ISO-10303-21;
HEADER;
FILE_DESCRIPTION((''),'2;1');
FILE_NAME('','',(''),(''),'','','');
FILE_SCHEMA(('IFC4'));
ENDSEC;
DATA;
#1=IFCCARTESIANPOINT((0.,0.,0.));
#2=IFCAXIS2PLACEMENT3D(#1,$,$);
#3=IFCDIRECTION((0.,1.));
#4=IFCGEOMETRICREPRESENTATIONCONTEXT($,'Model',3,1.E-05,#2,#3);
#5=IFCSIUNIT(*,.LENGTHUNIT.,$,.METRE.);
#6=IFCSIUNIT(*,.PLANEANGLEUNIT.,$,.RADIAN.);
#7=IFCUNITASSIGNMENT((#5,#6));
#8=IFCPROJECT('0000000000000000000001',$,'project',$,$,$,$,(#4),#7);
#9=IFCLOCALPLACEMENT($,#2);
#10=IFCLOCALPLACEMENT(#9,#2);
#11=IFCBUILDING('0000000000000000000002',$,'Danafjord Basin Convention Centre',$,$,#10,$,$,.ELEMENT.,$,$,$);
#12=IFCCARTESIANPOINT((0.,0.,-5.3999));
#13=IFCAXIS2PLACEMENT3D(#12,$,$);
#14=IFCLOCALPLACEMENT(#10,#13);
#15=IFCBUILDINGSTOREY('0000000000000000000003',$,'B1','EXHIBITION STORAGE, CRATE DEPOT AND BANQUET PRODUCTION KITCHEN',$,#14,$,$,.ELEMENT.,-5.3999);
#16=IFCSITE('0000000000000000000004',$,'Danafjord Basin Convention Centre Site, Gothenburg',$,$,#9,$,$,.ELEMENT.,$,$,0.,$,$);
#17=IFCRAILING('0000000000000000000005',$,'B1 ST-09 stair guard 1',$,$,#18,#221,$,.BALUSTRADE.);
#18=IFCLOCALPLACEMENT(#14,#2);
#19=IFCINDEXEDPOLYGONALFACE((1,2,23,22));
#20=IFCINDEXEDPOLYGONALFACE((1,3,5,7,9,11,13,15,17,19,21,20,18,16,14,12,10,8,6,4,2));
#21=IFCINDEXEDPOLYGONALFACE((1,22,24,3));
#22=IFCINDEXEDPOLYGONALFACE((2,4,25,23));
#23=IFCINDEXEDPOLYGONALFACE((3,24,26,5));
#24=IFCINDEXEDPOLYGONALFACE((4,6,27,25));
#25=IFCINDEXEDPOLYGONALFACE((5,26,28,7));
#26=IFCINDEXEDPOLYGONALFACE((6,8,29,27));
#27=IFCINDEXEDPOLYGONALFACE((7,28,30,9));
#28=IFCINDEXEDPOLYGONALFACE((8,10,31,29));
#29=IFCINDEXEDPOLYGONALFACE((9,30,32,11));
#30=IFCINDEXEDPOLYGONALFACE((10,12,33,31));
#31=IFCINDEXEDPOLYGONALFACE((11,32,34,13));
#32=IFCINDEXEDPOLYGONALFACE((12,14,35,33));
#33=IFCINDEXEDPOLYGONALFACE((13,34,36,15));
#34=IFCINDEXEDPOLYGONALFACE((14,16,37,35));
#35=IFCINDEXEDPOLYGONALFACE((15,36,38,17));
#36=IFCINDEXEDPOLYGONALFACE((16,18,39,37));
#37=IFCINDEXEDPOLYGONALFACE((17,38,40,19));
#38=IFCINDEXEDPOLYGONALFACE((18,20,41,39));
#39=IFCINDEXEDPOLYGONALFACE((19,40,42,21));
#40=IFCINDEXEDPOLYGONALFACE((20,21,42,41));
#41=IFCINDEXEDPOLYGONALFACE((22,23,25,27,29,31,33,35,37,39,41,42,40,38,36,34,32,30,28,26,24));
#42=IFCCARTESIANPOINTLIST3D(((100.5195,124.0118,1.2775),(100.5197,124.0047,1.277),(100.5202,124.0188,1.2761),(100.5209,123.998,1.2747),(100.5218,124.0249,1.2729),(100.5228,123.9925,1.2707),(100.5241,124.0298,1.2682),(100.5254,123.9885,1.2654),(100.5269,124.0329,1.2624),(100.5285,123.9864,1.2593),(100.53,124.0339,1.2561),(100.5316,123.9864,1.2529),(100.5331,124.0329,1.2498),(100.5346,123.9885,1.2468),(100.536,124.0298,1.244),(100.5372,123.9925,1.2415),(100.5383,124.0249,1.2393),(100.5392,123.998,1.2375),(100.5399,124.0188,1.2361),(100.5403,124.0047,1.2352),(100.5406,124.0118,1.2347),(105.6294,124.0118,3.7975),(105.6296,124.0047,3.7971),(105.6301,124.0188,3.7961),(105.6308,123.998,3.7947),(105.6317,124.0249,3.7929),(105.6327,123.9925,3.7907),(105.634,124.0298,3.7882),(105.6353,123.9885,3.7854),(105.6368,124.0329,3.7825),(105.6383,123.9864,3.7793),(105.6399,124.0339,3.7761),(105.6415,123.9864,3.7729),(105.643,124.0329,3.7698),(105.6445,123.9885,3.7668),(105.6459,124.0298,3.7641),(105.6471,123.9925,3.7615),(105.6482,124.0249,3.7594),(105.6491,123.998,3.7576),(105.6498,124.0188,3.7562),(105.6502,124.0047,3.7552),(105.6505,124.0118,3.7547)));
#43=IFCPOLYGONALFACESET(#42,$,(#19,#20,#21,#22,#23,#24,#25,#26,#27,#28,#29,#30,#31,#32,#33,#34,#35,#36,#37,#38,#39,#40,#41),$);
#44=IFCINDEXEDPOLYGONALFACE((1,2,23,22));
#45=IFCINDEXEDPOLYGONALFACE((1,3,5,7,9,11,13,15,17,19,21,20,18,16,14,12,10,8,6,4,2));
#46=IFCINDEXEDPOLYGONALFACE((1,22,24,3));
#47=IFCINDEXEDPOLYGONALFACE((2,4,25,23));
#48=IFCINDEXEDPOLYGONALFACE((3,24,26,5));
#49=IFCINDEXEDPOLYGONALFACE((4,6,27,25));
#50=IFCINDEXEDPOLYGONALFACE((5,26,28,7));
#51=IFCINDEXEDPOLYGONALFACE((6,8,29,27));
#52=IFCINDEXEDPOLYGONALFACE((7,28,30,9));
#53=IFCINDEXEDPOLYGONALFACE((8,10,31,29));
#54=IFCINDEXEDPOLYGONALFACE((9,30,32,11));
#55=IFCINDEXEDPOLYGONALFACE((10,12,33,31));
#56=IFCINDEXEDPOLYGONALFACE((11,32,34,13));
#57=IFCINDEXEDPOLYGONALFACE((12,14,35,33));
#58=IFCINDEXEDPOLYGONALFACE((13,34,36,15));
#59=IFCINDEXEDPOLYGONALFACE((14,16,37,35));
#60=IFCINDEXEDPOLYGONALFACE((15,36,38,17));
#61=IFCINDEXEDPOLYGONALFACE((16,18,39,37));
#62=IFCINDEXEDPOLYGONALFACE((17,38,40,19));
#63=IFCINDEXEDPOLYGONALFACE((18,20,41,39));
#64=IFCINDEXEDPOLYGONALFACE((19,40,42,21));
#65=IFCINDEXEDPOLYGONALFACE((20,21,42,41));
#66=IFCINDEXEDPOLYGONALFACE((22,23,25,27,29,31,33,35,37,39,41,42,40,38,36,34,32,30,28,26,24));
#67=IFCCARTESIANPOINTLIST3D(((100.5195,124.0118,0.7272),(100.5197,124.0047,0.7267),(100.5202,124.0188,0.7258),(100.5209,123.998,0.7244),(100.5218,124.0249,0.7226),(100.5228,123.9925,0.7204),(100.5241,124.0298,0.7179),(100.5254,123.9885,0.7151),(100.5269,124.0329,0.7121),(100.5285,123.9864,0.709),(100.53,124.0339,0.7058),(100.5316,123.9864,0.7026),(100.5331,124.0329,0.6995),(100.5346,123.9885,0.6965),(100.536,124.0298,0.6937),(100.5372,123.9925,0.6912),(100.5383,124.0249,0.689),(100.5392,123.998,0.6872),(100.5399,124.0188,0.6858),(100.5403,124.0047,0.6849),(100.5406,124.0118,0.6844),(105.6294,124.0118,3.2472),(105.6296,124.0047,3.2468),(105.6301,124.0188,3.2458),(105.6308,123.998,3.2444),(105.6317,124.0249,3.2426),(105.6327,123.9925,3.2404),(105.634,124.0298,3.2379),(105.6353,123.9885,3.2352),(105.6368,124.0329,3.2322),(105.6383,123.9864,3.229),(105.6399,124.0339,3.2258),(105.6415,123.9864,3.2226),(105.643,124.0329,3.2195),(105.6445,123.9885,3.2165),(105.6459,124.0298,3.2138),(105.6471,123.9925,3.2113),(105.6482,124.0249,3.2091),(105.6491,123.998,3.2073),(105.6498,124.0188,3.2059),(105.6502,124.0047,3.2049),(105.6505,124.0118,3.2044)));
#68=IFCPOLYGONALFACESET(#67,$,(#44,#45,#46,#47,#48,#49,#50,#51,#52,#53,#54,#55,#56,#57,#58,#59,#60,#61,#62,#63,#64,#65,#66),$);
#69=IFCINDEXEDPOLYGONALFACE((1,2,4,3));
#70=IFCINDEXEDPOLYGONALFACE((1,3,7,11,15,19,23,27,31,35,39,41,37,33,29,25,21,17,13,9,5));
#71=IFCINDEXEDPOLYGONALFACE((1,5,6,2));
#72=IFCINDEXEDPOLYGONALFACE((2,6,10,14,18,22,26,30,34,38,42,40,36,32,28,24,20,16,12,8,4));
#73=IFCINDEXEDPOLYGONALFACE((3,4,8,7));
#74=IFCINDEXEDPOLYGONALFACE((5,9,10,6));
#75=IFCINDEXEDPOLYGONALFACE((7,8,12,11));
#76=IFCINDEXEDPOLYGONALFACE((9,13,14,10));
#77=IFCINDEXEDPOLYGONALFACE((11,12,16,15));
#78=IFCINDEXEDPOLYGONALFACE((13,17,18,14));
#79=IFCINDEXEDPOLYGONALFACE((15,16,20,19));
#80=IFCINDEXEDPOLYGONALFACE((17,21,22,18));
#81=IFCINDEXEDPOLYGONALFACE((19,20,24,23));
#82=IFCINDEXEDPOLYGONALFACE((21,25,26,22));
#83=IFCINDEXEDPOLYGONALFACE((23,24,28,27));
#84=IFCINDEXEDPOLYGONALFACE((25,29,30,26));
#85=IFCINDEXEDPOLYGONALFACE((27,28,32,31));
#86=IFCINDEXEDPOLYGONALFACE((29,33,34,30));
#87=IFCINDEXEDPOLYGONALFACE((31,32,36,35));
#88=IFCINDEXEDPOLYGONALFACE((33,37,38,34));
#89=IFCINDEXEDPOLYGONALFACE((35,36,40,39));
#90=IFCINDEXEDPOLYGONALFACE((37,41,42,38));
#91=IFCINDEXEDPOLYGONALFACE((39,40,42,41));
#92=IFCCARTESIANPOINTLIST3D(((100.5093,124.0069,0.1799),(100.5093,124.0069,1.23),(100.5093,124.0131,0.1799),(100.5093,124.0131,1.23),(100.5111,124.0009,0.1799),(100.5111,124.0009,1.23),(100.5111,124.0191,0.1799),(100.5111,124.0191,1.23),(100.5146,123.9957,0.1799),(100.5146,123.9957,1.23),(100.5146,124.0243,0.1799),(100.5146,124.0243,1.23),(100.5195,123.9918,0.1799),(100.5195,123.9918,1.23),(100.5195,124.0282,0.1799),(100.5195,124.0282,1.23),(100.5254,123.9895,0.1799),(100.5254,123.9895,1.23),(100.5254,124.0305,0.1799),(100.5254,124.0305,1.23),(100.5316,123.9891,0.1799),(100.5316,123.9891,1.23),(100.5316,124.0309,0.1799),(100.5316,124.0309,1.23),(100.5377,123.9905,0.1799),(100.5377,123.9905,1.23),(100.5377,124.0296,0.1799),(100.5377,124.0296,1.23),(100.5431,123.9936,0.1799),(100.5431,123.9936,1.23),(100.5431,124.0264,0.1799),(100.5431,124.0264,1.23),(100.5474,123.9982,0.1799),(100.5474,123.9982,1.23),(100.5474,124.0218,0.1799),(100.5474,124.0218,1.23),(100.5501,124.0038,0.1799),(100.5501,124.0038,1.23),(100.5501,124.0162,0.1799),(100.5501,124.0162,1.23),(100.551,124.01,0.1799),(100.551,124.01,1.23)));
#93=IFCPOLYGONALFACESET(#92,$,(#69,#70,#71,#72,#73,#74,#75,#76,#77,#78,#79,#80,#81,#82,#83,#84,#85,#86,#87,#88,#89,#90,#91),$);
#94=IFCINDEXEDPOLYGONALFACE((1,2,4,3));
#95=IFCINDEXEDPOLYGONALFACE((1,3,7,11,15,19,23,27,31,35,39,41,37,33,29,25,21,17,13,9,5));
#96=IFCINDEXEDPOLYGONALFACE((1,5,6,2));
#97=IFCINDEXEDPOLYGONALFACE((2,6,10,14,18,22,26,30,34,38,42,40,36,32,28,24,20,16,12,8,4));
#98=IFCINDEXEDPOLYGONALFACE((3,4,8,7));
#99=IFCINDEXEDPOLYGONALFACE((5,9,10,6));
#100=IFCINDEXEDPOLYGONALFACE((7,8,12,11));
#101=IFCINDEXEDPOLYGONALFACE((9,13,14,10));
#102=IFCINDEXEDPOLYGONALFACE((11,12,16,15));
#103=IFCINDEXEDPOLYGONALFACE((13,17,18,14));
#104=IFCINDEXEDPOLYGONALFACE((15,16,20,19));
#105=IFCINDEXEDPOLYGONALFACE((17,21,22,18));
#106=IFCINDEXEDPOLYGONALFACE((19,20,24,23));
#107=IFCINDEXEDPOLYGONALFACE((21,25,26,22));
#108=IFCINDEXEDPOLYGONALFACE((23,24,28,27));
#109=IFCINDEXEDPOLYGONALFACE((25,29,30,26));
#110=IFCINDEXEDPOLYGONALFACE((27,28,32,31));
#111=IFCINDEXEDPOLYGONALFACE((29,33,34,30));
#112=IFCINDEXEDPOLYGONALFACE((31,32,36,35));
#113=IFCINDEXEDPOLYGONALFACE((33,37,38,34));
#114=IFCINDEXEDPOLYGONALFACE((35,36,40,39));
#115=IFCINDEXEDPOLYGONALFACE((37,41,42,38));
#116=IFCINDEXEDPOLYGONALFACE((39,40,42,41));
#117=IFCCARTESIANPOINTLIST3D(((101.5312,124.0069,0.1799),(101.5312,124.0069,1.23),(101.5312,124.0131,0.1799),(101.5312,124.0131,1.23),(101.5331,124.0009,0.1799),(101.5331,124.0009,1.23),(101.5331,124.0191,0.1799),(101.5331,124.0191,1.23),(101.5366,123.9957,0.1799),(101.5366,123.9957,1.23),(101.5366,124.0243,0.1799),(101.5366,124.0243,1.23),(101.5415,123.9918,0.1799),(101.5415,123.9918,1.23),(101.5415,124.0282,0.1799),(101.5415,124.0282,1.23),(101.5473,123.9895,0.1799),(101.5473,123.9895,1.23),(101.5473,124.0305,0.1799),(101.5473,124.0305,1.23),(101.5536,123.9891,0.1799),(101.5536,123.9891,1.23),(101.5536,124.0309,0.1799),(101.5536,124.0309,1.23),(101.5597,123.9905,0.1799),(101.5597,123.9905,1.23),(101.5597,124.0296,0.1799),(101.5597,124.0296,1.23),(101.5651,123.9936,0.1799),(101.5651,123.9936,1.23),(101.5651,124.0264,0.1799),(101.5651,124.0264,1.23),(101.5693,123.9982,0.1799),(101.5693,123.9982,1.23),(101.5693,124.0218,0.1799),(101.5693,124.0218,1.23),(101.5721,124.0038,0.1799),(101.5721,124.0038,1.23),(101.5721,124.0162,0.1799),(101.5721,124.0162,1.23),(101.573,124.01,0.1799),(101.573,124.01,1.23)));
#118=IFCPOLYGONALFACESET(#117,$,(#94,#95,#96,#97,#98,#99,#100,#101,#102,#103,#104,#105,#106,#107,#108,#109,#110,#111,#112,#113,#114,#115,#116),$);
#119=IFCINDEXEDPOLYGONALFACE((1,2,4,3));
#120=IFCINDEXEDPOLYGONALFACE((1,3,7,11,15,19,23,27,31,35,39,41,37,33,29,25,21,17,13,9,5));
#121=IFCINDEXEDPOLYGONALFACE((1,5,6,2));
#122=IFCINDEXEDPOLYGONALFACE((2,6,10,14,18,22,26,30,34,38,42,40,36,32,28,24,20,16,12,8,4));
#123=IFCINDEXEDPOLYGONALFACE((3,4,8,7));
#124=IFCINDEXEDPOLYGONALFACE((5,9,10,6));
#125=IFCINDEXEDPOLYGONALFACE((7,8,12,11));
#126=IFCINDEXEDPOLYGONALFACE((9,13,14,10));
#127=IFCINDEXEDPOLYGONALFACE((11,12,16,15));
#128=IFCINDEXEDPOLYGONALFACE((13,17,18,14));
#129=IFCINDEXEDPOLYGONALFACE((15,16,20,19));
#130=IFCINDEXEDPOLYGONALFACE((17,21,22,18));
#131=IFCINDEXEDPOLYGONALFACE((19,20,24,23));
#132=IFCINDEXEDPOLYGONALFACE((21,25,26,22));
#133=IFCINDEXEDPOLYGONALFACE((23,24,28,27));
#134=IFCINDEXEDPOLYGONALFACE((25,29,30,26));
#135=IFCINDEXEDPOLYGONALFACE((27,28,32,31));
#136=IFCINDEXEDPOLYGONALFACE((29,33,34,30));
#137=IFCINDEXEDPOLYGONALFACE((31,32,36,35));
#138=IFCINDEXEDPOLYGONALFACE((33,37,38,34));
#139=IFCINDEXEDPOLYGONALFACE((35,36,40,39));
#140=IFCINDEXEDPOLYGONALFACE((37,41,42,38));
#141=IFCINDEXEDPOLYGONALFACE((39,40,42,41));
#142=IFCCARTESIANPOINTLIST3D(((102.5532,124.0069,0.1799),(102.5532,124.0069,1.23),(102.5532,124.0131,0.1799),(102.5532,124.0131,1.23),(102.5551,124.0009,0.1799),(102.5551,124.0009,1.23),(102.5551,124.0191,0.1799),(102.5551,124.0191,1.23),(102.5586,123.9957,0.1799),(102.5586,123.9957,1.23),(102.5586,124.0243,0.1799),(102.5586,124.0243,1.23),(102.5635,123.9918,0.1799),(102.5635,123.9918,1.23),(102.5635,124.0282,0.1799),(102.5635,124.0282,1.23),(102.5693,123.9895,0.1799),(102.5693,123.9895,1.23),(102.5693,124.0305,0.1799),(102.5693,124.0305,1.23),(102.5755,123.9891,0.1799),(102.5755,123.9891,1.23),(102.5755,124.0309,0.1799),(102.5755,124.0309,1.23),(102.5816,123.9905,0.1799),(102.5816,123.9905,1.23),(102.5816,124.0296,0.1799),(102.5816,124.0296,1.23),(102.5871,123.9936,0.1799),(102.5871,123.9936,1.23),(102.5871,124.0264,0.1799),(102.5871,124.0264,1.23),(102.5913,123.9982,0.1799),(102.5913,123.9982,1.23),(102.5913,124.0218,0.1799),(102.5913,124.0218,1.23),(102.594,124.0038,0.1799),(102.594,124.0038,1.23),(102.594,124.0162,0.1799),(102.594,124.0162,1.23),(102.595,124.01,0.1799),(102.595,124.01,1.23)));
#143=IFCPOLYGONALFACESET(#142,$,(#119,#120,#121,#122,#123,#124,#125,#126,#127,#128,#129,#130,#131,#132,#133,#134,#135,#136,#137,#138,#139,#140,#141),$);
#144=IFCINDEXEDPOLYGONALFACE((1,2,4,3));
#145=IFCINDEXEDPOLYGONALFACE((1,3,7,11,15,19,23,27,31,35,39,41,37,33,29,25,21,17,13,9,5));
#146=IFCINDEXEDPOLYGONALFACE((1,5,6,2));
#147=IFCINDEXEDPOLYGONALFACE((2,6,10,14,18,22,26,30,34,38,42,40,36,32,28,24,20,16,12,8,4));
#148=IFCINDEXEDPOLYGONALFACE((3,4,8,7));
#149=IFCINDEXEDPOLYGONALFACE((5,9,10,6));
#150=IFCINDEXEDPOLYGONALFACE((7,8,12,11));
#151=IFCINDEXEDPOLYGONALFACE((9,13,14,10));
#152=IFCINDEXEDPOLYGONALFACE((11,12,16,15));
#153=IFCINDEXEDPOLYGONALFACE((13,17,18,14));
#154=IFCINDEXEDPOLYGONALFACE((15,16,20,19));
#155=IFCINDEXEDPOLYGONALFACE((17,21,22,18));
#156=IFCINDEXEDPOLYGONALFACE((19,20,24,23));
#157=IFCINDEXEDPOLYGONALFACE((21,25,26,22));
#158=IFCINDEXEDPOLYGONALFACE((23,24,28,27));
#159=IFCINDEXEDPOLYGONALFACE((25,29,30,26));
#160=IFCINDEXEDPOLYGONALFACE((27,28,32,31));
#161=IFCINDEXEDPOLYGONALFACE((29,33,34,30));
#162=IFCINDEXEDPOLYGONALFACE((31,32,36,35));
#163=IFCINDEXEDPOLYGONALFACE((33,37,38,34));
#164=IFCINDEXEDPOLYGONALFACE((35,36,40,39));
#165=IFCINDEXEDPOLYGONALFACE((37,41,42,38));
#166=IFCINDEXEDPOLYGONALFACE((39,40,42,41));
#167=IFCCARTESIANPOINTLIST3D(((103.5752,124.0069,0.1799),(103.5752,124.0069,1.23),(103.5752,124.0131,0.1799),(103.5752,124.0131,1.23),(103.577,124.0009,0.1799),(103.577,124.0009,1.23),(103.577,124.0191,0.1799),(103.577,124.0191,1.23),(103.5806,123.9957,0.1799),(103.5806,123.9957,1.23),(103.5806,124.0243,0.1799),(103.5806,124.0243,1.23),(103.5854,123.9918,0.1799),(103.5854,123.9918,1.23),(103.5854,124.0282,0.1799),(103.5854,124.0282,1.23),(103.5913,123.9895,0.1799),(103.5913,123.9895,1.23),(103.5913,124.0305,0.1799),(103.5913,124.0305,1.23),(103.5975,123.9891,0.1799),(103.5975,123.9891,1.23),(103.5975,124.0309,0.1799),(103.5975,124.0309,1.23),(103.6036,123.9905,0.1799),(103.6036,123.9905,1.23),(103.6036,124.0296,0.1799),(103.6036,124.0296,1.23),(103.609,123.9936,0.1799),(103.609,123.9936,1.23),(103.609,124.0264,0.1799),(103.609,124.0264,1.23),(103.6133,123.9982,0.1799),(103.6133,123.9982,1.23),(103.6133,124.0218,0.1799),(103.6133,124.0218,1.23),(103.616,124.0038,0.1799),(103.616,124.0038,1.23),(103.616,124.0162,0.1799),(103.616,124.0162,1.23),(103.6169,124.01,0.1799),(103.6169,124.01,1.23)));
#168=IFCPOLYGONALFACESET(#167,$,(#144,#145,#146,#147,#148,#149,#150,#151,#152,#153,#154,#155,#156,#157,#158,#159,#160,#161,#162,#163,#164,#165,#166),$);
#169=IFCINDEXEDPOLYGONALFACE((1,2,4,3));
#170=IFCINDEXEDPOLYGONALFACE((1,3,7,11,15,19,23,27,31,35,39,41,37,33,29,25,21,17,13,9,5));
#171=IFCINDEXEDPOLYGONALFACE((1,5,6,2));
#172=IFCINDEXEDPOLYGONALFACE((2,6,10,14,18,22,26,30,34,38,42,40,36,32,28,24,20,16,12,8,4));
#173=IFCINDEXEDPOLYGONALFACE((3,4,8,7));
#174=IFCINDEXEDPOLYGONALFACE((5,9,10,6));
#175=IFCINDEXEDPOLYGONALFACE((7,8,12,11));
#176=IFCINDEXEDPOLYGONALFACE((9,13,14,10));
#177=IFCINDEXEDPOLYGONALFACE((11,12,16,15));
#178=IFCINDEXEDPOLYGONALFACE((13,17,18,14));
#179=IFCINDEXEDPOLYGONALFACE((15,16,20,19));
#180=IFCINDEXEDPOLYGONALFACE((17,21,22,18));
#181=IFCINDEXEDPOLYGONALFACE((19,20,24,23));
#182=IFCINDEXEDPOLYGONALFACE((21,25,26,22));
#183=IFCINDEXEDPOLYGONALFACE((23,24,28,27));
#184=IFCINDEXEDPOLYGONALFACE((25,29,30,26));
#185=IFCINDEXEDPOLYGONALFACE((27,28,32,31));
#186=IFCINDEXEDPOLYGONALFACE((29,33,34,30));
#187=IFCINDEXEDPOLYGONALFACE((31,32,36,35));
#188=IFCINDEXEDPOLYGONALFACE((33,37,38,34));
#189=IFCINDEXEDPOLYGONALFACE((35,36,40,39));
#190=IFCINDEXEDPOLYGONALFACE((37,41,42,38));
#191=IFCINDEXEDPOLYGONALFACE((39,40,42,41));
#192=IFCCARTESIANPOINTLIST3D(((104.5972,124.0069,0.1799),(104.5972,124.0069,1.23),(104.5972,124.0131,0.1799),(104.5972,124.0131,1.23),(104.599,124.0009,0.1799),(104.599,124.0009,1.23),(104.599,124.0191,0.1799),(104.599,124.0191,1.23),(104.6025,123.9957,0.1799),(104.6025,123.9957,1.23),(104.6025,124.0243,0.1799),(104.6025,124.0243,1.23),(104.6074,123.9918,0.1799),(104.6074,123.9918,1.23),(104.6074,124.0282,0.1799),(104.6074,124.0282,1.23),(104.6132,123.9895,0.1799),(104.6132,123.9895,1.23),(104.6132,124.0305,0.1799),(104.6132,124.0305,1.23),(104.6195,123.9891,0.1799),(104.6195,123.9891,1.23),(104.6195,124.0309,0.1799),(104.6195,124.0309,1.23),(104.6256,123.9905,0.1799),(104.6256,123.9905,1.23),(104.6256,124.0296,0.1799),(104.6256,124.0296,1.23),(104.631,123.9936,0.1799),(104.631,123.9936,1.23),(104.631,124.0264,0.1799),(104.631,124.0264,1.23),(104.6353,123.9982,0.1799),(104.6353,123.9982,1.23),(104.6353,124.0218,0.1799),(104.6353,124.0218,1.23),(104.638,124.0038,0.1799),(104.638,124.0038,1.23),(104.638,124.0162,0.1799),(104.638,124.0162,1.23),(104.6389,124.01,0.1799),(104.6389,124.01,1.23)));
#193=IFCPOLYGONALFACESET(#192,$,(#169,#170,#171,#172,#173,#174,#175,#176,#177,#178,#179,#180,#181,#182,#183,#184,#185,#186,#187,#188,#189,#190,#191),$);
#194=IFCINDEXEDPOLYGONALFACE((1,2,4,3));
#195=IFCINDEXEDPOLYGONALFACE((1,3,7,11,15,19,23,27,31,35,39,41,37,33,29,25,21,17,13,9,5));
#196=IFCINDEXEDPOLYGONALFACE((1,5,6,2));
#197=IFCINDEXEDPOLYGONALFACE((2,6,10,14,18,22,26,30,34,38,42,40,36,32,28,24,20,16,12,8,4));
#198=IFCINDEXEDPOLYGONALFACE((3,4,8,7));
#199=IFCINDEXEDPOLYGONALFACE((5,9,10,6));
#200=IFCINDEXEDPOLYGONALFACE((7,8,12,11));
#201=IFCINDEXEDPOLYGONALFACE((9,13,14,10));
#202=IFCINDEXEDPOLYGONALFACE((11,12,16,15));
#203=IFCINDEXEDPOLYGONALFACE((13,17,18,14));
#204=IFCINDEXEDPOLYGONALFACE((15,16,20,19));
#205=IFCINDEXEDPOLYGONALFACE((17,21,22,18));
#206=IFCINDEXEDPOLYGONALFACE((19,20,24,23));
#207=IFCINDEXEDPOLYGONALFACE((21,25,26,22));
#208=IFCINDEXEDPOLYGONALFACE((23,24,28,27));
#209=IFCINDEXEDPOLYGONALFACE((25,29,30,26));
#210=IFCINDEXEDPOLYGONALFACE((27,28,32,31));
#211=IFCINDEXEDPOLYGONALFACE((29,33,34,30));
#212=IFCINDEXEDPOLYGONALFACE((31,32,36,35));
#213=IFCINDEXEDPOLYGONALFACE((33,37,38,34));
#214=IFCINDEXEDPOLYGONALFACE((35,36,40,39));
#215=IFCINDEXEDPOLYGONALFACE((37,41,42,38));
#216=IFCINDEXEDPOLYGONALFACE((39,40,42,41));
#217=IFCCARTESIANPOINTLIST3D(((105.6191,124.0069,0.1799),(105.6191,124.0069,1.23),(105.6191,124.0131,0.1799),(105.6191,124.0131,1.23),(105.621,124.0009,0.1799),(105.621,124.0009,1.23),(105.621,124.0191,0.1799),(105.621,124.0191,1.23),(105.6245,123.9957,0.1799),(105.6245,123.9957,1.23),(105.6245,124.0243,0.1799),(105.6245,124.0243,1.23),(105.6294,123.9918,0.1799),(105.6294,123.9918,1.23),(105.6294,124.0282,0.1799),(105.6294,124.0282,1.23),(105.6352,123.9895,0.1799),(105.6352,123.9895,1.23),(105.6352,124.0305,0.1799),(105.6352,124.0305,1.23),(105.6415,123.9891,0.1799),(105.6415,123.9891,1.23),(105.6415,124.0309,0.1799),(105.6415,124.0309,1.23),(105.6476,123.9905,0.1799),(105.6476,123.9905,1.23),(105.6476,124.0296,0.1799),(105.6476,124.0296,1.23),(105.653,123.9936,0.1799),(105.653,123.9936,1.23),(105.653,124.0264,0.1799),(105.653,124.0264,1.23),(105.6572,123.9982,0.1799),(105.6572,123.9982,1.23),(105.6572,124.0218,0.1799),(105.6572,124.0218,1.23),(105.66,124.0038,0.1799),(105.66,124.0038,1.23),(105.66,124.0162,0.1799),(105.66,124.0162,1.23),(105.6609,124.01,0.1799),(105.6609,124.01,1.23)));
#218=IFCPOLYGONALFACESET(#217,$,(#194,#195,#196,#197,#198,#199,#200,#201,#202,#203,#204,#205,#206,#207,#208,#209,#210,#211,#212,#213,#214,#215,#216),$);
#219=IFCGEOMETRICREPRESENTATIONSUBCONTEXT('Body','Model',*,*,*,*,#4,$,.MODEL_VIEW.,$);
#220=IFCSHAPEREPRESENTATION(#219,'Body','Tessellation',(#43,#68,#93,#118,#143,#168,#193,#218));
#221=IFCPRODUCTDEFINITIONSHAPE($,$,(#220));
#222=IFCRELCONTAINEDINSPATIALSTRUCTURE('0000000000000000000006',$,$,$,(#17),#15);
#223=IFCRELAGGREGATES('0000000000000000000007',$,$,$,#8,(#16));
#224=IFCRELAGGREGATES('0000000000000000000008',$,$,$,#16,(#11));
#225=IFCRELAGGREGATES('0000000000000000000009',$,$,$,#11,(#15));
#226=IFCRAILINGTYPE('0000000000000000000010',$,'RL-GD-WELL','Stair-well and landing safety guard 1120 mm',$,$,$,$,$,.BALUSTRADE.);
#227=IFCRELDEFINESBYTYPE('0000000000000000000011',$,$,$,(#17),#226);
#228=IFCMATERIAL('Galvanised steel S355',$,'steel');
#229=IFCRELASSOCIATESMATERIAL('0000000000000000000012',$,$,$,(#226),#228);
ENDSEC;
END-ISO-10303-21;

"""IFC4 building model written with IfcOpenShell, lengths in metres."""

from ifc_helpers import new_model, si_unit, direction, frame, origin, origin_2d, place, context, subcontext, project, spatial, circle, extrude, material, type_object, element, save


model = new_model("IFC4")

# Units and contexts
model_context = context("Model", 3, precision=1e-05, world=origin(), true_north=direction((0.0, 1.0)))
body_context = subcontext(model_context, "Body", "Model", "MODEL_VIEW")
ifc_project = project(units=[si_unit("LENGTHUNIT", "METRE"), si_unit("PLANEANGLEUNIT", "RADIAN")], contexts=[model_context])

# Site, building, storey
site_placement = place(None, origin())
site = spatial("IfcSite", under=ifc_project, at=site_placement, Name="Danafjord Basin Convention Centre Site, Gothenburg", CompositionType="ELEMENT", RefElevation=0.0)
building_placement = place(site_placement, origin())
building = spatial("IfcBuilding", under=site, at=building_placement, Name="Danafjord Basin Convention Centre", CompositionType="ELEMENT")
storey_placement = place(building_placement, frame((0.0, 0.0, -5.3999)))
storey = spatial("IfcBuildingStorey", under=building, at=storey_placement, Name="B1", Description="EXHIBITION STORAGE, CRATE DEPOT AND BANQUET PRODUCTION KITCHEN", CompositionType="ELEMENT", Elevation=-5.3999)

# Railing
ifc_material_1 = material(Name="Galvanised steel S355", Category="steel")
railing_type_1 = type_object("IfcRailingType", Name="RL-GD-WELL", Description="Stair-well and landing safety guard 1120 mm", PredefinedType="BALUSTRADE", material=ifc_material_1)
railing_1_placement = place(storey_placement, frame((100.53, 124.01, 0.1799)))
element("IfcRailing", 1, at=railing_1_placement, inside=storey, type_object=railing_type_1, Name="B1 ST-09 stair guard 1", PredefinedType="BALUSTRADE", context=body_context, shape_type="SweptSolid", body=[
    extrude(circle(Radius=0.0239, at=origin_2d()), frame((0.0, 0.0, 1.0762), z_axis=(0.896865, 0.0, 0.442305), x_axis=(0.0, 1.0, 0.0)), (0.0, 0.0, 1.0), 5.6975),
    extrude(circle(Radius=0.0239, at=origin_2d()), frame((0.0, 0.0, 0.5259), z_axis=(0.896865, 0.0, 0.442305), x_axis=(0.0, 1.0, 0.0)), (0.0, 0.0, 1.0), 5.6975),
    extrude(circle(Radius=0.021, at=origin_2d()), origin(), (0.0, 0.0, 1.0), 1.05),
    extrude(circle(Radius=0.021, at=origin_2d()), frame((1.022, 0.0, 0.0)), (0.0, 0.0, 1.0), 1.05),
    extrude(circle(Radius=0.021, at=origin_2d()), frame((2.0439, 0.0, 0.0)), (0.0, 0.0, 1.0), 1.05),
    extrude(circle(Radius=0.021, at=origin_2d()), frame((3.0659, 0.0, 0.0)), (0.0, 0.0, 1.0), 1.05),
    extrude(circle(Radius=0.021, at=origin_2d()), frame((4.0879, 0.0, 0.0)), (0.0, 0.0, 1.0), 1.05),
    extrude(circle(Radius=0.021, at=origin_2d()), frame((5.1099, 0.0, 0.0)), (0.0, 0.0, 1.0), 1.05),
])

save(model, "model.ifc")
